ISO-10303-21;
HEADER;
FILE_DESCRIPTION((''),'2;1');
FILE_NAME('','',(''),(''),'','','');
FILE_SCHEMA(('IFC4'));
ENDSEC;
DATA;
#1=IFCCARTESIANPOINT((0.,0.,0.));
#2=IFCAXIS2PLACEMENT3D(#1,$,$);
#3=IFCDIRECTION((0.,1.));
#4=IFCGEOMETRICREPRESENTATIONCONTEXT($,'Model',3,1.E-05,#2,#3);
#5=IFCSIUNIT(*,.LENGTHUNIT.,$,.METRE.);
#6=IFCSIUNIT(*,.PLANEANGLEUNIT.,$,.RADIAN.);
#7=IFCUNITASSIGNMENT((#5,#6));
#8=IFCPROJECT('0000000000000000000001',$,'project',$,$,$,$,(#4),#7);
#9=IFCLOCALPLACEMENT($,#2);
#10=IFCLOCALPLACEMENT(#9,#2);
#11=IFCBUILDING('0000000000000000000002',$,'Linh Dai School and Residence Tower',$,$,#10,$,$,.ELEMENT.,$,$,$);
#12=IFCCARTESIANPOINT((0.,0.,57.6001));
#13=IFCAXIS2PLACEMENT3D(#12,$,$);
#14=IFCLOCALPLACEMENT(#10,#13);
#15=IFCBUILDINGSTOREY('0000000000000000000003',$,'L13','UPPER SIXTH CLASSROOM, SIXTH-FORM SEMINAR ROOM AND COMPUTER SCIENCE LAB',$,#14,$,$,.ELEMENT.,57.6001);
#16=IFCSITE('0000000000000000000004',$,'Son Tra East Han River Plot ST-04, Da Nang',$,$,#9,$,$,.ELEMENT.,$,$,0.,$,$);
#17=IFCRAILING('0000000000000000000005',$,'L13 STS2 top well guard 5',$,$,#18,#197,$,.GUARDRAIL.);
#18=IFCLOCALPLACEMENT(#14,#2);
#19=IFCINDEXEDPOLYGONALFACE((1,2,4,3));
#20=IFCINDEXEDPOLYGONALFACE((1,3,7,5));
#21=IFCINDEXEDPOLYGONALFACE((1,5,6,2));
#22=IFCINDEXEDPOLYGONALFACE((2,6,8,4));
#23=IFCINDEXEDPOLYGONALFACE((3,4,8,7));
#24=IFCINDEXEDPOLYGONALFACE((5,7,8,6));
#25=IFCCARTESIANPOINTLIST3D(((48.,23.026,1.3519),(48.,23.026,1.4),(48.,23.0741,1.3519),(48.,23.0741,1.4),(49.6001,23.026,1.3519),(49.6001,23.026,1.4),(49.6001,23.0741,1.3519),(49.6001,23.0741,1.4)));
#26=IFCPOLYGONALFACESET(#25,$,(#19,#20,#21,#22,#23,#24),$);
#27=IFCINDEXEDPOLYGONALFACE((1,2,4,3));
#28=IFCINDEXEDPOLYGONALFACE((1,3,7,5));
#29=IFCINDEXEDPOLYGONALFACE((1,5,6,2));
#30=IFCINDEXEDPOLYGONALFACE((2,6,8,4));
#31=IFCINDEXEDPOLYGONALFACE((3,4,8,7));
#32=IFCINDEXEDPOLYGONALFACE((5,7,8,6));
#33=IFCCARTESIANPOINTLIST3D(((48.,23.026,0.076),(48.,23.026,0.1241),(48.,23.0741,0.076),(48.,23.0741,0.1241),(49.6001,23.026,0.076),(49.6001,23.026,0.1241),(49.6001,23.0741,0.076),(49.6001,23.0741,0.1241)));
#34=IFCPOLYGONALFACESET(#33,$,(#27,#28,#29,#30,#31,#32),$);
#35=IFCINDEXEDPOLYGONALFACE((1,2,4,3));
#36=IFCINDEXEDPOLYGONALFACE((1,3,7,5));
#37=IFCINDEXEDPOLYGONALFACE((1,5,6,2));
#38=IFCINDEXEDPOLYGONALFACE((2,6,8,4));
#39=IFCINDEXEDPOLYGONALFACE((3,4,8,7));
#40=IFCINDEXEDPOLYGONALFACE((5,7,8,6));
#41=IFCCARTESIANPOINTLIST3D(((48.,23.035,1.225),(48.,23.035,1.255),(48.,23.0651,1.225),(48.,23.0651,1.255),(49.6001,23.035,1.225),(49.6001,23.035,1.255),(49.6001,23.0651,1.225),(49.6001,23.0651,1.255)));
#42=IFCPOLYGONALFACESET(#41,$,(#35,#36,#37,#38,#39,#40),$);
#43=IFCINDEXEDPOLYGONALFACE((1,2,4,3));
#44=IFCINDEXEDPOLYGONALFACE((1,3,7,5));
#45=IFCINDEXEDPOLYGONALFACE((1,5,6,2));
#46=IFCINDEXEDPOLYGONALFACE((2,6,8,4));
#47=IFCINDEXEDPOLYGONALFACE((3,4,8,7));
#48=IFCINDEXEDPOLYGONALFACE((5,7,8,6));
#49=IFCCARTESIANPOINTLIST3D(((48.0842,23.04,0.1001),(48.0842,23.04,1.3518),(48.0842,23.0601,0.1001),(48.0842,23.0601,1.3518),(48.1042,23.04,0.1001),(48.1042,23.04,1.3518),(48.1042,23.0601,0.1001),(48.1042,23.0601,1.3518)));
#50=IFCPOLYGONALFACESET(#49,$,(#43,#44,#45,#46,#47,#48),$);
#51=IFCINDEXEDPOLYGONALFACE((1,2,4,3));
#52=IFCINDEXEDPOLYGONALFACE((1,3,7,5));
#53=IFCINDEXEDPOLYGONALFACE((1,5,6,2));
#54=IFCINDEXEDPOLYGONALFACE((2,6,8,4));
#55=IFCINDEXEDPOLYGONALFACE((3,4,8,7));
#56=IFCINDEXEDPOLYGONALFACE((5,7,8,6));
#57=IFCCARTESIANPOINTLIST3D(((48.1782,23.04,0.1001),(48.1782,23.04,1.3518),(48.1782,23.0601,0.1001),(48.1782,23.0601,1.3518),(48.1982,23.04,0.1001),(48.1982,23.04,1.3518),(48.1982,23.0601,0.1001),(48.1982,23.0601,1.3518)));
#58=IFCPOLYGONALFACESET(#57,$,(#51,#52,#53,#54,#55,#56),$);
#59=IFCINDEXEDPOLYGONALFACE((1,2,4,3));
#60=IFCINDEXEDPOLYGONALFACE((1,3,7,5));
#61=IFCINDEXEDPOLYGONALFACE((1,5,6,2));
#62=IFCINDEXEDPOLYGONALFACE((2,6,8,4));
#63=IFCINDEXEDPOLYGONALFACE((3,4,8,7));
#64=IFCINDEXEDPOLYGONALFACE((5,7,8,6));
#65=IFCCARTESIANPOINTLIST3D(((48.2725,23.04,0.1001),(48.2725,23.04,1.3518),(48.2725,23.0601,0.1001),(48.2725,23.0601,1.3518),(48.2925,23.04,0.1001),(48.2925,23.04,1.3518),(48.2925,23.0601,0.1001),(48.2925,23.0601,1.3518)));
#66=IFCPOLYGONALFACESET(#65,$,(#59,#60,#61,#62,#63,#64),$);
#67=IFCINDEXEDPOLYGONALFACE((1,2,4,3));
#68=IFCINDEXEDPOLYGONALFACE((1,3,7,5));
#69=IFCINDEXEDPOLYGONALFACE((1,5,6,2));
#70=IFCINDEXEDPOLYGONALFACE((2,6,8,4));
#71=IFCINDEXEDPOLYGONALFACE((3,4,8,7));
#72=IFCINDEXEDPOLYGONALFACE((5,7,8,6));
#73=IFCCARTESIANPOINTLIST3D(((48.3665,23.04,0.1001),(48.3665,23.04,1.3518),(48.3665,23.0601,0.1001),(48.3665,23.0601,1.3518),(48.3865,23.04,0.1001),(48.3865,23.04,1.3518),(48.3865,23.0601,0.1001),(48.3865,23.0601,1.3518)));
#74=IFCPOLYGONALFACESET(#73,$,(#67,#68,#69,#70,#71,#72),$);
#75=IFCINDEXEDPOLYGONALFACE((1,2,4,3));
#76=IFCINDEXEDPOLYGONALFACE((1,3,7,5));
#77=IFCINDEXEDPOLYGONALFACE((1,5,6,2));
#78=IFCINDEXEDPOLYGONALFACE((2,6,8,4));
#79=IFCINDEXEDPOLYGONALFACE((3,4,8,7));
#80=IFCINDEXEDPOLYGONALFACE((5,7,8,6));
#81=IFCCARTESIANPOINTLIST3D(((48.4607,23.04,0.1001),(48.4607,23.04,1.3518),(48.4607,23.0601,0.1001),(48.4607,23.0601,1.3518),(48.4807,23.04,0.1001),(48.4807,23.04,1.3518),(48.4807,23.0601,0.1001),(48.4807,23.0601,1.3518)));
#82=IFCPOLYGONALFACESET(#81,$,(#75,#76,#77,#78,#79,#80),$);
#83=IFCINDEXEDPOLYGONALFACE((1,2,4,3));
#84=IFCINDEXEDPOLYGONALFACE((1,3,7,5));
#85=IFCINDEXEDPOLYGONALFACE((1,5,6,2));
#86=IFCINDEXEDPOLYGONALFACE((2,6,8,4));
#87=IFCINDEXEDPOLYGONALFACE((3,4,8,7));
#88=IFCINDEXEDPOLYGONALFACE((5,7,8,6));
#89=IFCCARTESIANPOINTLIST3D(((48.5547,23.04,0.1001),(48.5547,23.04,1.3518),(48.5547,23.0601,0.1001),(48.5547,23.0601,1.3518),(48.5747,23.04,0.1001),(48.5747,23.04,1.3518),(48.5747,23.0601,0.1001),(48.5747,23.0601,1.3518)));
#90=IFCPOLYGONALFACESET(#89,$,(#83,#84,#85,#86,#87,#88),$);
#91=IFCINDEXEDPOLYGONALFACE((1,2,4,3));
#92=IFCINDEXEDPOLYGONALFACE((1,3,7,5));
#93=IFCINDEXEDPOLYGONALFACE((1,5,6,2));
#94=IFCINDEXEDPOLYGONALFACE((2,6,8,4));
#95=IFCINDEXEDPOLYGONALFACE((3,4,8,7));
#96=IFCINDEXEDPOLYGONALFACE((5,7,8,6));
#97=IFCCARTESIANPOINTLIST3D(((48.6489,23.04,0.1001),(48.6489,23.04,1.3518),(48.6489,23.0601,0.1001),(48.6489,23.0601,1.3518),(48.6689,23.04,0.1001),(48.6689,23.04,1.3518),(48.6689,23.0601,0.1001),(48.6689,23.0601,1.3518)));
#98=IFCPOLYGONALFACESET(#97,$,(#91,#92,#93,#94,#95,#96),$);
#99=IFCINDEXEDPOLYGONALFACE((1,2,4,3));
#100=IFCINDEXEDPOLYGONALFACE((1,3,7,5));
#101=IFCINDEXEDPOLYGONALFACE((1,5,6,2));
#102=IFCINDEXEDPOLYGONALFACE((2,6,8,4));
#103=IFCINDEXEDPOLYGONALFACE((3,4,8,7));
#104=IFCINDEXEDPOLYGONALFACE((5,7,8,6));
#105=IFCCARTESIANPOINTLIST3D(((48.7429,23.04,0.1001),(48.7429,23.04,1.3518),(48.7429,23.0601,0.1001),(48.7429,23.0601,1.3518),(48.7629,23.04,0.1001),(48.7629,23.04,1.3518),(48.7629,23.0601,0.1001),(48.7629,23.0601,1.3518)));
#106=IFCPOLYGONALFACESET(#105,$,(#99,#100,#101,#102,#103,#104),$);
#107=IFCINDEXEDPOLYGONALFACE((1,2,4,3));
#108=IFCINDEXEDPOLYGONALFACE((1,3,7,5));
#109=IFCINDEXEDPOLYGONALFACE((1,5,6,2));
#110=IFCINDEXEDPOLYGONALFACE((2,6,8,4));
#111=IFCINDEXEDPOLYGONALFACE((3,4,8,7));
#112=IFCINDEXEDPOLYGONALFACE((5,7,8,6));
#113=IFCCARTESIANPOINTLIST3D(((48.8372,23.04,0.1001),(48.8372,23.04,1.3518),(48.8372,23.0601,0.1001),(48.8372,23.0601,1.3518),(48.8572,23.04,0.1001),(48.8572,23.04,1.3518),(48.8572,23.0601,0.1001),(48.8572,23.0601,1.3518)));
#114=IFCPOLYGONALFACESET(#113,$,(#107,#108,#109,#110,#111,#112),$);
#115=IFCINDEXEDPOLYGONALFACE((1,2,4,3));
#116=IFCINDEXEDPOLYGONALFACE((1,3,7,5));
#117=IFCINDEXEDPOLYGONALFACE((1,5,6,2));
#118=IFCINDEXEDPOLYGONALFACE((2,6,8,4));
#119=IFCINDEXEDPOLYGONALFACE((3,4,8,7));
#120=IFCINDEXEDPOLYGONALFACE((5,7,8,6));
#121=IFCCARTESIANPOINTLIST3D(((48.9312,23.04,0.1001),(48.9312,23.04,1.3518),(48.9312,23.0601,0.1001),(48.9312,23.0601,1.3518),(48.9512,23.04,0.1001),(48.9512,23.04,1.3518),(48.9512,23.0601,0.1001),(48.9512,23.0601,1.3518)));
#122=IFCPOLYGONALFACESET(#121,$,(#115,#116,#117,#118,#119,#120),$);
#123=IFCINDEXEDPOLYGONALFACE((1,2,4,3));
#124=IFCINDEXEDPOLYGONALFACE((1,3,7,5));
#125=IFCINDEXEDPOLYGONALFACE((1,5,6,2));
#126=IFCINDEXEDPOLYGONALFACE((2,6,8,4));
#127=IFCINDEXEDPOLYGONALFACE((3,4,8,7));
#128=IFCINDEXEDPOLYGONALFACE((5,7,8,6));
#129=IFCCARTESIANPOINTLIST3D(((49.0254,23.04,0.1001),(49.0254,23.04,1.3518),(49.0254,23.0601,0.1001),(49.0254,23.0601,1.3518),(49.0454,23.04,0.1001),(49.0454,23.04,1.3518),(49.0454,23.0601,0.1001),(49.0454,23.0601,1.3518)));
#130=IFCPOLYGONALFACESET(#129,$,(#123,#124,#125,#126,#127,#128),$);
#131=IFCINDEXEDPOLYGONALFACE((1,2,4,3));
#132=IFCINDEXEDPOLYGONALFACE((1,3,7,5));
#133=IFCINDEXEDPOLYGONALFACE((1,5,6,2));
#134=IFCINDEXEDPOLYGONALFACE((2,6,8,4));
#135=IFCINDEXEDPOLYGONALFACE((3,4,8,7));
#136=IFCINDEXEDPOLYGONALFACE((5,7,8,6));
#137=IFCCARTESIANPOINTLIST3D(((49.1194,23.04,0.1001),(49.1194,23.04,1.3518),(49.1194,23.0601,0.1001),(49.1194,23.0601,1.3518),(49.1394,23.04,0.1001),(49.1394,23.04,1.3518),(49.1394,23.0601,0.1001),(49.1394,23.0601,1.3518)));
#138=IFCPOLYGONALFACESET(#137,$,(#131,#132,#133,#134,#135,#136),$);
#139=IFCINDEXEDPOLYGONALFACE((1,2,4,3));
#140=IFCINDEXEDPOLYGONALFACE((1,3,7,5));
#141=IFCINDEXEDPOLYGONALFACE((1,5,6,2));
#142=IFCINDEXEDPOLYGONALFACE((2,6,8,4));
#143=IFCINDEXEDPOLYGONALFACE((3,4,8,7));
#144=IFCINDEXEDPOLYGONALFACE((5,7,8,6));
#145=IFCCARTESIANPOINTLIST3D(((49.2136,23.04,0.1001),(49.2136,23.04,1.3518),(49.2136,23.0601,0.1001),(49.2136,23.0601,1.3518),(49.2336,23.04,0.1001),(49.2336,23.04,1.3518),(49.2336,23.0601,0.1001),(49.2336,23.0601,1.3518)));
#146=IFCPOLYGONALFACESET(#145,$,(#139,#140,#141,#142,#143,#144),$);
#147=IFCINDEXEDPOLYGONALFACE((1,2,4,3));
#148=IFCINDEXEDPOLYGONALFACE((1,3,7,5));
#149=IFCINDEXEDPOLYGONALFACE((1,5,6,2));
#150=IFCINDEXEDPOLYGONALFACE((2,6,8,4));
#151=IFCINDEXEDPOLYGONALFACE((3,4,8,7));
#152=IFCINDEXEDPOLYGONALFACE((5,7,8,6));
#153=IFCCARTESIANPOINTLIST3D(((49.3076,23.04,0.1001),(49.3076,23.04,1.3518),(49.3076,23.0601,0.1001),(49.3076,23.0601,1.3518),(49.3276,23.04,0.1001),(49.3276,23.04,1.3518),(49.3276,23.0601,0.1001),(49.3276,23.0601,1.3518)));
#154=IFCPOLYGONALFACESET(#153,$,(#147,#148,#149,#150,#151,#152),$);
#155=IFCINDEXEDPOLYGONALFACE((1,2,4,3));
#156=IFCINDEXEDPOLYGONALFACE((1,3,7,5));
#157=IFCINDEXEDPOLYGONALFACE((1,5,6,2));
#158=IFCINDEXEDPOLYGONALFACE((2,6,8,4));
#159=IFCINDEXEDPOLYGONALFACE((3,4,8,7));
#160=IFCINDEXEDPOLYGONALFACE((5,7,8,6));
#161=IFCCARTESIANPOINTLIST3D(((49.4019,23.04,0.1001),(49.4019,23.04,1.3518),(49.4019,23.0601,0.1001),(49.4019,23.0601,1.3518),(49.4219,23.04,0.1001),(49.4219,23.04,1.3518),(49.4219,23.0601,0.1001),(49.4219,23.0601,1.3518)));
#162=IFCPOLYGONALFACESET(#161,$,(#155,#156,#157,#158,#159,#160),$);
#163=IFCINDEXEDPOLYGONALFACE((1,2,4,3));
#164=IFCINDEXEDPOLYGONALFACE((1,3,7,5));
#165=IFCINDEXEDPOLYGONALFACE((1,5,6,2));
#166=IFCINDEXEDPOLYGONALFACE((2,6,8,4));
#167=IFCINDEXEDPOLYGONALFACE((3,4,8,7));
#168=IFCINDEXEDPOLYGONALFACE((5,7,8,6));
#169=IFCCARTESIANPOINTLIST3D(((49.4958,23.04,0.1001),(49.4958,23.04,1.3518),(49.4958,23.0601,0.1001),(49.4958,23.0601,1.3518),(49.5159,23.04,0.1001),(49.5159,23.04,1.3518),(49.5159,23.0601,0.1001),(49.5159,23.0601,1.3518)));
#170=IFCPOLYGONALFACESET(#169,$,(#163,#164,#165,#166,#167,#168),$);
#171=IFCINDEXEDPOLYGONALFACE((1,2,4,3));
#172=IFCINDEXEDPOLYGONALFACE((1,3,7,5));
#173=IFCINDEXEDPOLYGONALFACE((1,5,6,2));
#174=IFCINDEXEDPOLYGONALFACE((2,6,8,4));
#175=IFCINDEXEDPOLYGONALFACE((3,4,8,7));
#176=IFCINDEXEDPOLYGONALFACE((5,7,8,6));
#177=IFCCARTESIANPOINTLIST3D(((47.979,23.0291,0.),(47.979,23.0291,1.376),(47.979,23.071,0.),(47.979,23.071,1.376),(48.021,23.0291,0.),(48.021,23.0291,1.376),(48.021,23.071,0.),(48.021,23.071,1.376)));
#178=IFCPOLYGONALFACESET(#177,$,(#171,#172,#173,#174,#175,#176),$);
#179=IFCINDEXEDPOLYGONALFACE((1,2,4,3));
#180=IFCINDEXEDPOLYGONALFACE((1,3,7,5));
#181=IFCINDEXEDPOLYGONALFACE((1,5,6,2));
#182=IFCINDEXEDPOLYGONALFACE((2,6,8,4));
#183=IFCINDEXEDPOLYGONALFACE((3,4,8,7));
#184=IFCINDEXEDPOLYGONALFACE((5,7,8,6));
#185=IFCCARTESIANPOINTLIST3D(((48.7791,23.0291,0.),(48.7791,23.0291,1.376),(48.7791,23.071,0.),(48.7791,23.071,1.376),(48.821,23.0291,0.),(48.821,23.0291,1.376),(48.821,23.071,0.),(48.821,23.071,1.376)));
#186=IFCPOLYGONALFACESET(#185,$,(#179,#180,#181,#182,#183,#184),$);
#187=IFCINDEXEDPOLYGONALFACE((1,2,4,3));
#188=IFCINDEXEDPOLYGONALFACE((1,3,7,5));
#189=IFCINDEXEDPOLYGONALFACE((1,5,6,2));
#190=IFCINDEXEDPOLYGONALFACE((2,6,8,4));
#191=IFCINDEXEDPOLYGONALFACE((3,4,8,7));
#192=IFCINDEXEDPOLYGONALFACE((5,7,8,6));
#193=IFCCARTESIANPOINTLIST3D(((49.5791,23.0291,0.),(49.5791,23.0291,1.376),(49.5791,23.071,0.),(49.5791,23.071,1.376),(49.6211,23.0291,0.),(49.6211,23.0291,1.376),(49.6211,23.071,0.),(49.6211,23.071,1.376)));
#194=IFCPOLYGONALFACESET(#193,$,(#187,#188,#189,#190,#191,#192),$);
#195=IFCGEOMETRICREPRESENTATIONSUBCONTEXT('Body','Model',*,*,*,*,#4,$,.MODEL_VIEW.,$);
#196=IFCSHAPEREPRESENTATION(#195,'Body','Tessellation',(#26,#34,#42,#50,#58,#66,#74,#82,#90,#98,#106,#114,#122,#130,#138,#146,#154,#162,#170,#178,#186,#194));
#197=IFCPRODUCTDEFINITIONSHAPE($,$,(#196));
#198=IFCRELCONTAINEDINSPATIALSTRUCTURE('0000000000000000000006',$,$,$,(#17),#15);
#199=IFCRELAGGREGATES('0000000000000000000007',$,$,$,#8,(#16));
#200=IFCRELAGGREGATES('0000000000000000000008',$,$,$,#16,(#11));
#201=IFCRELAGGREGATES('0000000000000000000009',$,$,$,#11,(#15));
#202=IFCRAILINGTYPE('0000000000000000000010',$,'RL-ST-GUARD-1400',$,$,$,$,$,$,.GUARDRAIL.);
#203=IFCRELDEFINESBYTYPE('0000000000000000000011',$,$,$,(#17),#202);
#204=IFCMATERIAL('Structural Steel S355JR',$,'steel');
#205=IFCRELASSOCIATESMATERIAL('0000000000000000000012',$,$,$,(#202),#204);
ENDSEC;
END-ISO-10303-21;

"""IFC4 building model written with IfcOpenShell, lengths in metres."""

from ifc_helpers import new_model, si_unit, direction, frame, origin, origin_2d, place, context, subcontext, project, spatial, rectangle, extrude, source, transform, mapped, material, type_object, element, save


model = new_model("IFC4")

# Units and contexts
model_context = context("Model", 3, precision=1e-05, world=origin(), true_north=direction((0.0, 1.0)))
body_context = subcontext(model_context, "Body", "Model", "MODEL_VIEW")
ifc_project = project(units=[si_unit("LENGTHUNIT", "METRE"), si_unit("PLANEANGLEUNIT", "RADIAN")], contexts=[model_context])

# Site, building, storey
site_placement = place(None, origin())
site = spatial("IfcSite", under=ifc_project, at=site_placement, Name="Son Tra East Han River Plot ST-04, Da Nang", CompositionType="ELEMENT", RefElevation=0.0)
building_placement = place(site_placement, origin())
building = spatial("IfcBuilding", under=site, at=building_placement, Name="Linh Dai School and Residence Tower", CompositionType="ELEMENT")
storey_placement = place(building_placement, frame((0.0, 0.0, 57.6001)))
storey = spatial("IfcBuildingStorey", under=building, at=storey_placement, Name="L13", Description="UPPER SIXTH CLASSROOM, SIXTH-FORM SEMINAR ROOM AND COMPUTER SCIENCE LAB", CompositionType="ELEMENT", Elevation=57.6001)

# Railing
ifc_material_1 = material(Name="Structural Steel S355JR", Category="steel")
railing_type = type_object("IfcRailingType", Name="RL-ST-GUARD-1400", PredefinedType="GUARDRAIL", material=ifc_material_1)
shared_shape_1 = source(origin(), body_context, "Body", "SweptSolid", [
    extrude(rectangle(XDim=0.0481, YDim=0.0481, at=origin_2d()), frame((0.0, 0.0, 1.376), z_axis=(1.0, 0.0, 0.0), x_axis=(0.0, 1.0, 0.0)), (0.0, 0.0, 1.0), 1.6001),
    extrude(rectangle(XDim=0.0481, YDim=0.0481, at=origin_2d()), frame((0.0, 0.0, 0.1001), z_axis=(1.0, 0.0, 0.0), x_axis=(0.0, 1.0, 0.0)), (0.0, 0.0, 1.0), 1.6001),
    extrude(rectangle(XDim=0.03, YDim=0.03, at=origin_2d()), frame((0.0, 0.0, 1.24), z_axis=(1.0, 0.0, 0.0), x_axis=(0.0, 1.0, 0.0)), (0.0, 0.0, 1.0), 1.6001),
    extrude(rectangle(XDim=0.02, YDim=0.02, at=origin_2d()), frame((0.0942, 0.0, 0.1001)), (0.0, 0.0, 1.0), 1.2517),
    extrude(rectangle(XDim=0.02, YDim=0.02, at=origin_2d()), frame((0.1882, 0.0, 0.1001)), (0.0, 0.0, 1.0), 1.2517),
    extrude(rectangle(XDim=0.02, YDim=0.02, at=origin_2d()), frame((0.2825, 0.0, 0.1001)), (0.0, 0.0, 1.0), 1.2517),
    extrude(rectangle(XDim=0.02, YDim=0.02, at=origin_2d()), frame((0.3765, 0.0, 0.1001)), (0.0, 0.0, 1.0), 1.2517),
    extrude(rectangle(XDim=0.02, YDim=0.02, at=origin_2d()), frame((0.4707, 0.0, 0.1001)), (0.0, 0.0, 1.0), 1.2517),
    extrude(rectangle(XDim=0.02, YDim=0.02, at=origin_2d()), frame((0.5647, 0.0, 0.1001)), (0.0, 0.0, 1.0), 1.2517),
    extrude(rectangle(XDim=0.02, YDim=0.02, at=origin_2d()), frame((0.6589, 0.0, 0.1001)), (0.0, 0.0, 1.0), 1.2517),
    extrude(rectangle(XDim=0.02, YDim=0.02, at=origin_2d()), frame((0.7529, 0.0, 0.1001)), (0.0, 0.0, 1.0), 1.2517),
    extrude(rectangle(XDim=0.02, YDim=0.02, at=origin_2d()), frame((0.8472, 0.0, 0.1001)), (0.0, 0.0, 1.0), 1.2517),
    extrude(rectangle(XDim=0.02, YDim=0.02, at=origin_2d()), frame((0.9412, 0.0, 0.1001)), (0.0, 0.0, 1.0), 1.2517),
    extrude(rectangle(XDim=0.02, YDim=0.02, at=origin_2d()), frame((1.0354, 0.0, 0.1001)), (0.0, 0.0, 1.0), 1.2517),
    extrude(rectangle(XDim=0.02, YDim=0.02, at=origin_2d()), frame((1.1294, 0.0, 0.1001)), (0.0, 0.0, 1.0), 1.2517),
    extrude(rectangle(XDim=0.02, YDim=0.02, at=origin_2d()), frame((1.2236, 0.0, 0.1001)), (0.0, 0.0, 1.0), 1.2517),
    extrude(rectangle(XDim=0.02, YDim=0.02, at=origin_2d()), frame((1.3176, 0.0, 0.1001)), (0.0, 0.0, 1.0), 1.2517),
    extrude(rectangle(XDim=0.02, YDim=0.02, at=origin_2d()), frame((1.4119, 0.0, 0.1001)), (0.0, 0.0, 1.0), 1.2517),
    extrude(rectangle(XDim=0.02, YDim=0.02, at=origin_2d()), frame((1.5059, 0.0, 0.1001)), (0.0, 0.0, 1.0), 1.2517),
    extrude(rectangle(XDim=0.042, YDim=0.042, at=origin_2d()), origin(), (0.0, 0.0, 1.0), 1.376),
    extrude(rectangle(XDim=0.042, YDim=0.042, at=origin_2d()), frame((0.8, 0.0, 0.0)), (0.0, 0.0, 1.0), 1.376),
    extrude(rectangle(XDim=0.042, YDim=0.042, at=origin_2d()), frame((1.6001, 0.0, 0.0)), (0.0, 0.0, 1.0), 1.376),
])
railing_1_placement = place(storey_placement, frame((48.0, 23.05, 0.0)))
element("IfcRailing", 1, at=railing_1_placement, inside=storey, type_object=railing_type, Name="L13 STS2 top well guard 5", PredefinedType="GUARDRAIL", context=body_context, shape_type="MappedRepresentation", body=[
    mapped(shared_shape_1, transform((0.0, 0.0, 0.0), x_axis=(1.0, 0.0, 0.0), y_axis=(0.0, 1.0, 0.0), z_axis=(0.0, 0.0, 1.0), scale=1.0)),
])

save(model, "model.ifc")
